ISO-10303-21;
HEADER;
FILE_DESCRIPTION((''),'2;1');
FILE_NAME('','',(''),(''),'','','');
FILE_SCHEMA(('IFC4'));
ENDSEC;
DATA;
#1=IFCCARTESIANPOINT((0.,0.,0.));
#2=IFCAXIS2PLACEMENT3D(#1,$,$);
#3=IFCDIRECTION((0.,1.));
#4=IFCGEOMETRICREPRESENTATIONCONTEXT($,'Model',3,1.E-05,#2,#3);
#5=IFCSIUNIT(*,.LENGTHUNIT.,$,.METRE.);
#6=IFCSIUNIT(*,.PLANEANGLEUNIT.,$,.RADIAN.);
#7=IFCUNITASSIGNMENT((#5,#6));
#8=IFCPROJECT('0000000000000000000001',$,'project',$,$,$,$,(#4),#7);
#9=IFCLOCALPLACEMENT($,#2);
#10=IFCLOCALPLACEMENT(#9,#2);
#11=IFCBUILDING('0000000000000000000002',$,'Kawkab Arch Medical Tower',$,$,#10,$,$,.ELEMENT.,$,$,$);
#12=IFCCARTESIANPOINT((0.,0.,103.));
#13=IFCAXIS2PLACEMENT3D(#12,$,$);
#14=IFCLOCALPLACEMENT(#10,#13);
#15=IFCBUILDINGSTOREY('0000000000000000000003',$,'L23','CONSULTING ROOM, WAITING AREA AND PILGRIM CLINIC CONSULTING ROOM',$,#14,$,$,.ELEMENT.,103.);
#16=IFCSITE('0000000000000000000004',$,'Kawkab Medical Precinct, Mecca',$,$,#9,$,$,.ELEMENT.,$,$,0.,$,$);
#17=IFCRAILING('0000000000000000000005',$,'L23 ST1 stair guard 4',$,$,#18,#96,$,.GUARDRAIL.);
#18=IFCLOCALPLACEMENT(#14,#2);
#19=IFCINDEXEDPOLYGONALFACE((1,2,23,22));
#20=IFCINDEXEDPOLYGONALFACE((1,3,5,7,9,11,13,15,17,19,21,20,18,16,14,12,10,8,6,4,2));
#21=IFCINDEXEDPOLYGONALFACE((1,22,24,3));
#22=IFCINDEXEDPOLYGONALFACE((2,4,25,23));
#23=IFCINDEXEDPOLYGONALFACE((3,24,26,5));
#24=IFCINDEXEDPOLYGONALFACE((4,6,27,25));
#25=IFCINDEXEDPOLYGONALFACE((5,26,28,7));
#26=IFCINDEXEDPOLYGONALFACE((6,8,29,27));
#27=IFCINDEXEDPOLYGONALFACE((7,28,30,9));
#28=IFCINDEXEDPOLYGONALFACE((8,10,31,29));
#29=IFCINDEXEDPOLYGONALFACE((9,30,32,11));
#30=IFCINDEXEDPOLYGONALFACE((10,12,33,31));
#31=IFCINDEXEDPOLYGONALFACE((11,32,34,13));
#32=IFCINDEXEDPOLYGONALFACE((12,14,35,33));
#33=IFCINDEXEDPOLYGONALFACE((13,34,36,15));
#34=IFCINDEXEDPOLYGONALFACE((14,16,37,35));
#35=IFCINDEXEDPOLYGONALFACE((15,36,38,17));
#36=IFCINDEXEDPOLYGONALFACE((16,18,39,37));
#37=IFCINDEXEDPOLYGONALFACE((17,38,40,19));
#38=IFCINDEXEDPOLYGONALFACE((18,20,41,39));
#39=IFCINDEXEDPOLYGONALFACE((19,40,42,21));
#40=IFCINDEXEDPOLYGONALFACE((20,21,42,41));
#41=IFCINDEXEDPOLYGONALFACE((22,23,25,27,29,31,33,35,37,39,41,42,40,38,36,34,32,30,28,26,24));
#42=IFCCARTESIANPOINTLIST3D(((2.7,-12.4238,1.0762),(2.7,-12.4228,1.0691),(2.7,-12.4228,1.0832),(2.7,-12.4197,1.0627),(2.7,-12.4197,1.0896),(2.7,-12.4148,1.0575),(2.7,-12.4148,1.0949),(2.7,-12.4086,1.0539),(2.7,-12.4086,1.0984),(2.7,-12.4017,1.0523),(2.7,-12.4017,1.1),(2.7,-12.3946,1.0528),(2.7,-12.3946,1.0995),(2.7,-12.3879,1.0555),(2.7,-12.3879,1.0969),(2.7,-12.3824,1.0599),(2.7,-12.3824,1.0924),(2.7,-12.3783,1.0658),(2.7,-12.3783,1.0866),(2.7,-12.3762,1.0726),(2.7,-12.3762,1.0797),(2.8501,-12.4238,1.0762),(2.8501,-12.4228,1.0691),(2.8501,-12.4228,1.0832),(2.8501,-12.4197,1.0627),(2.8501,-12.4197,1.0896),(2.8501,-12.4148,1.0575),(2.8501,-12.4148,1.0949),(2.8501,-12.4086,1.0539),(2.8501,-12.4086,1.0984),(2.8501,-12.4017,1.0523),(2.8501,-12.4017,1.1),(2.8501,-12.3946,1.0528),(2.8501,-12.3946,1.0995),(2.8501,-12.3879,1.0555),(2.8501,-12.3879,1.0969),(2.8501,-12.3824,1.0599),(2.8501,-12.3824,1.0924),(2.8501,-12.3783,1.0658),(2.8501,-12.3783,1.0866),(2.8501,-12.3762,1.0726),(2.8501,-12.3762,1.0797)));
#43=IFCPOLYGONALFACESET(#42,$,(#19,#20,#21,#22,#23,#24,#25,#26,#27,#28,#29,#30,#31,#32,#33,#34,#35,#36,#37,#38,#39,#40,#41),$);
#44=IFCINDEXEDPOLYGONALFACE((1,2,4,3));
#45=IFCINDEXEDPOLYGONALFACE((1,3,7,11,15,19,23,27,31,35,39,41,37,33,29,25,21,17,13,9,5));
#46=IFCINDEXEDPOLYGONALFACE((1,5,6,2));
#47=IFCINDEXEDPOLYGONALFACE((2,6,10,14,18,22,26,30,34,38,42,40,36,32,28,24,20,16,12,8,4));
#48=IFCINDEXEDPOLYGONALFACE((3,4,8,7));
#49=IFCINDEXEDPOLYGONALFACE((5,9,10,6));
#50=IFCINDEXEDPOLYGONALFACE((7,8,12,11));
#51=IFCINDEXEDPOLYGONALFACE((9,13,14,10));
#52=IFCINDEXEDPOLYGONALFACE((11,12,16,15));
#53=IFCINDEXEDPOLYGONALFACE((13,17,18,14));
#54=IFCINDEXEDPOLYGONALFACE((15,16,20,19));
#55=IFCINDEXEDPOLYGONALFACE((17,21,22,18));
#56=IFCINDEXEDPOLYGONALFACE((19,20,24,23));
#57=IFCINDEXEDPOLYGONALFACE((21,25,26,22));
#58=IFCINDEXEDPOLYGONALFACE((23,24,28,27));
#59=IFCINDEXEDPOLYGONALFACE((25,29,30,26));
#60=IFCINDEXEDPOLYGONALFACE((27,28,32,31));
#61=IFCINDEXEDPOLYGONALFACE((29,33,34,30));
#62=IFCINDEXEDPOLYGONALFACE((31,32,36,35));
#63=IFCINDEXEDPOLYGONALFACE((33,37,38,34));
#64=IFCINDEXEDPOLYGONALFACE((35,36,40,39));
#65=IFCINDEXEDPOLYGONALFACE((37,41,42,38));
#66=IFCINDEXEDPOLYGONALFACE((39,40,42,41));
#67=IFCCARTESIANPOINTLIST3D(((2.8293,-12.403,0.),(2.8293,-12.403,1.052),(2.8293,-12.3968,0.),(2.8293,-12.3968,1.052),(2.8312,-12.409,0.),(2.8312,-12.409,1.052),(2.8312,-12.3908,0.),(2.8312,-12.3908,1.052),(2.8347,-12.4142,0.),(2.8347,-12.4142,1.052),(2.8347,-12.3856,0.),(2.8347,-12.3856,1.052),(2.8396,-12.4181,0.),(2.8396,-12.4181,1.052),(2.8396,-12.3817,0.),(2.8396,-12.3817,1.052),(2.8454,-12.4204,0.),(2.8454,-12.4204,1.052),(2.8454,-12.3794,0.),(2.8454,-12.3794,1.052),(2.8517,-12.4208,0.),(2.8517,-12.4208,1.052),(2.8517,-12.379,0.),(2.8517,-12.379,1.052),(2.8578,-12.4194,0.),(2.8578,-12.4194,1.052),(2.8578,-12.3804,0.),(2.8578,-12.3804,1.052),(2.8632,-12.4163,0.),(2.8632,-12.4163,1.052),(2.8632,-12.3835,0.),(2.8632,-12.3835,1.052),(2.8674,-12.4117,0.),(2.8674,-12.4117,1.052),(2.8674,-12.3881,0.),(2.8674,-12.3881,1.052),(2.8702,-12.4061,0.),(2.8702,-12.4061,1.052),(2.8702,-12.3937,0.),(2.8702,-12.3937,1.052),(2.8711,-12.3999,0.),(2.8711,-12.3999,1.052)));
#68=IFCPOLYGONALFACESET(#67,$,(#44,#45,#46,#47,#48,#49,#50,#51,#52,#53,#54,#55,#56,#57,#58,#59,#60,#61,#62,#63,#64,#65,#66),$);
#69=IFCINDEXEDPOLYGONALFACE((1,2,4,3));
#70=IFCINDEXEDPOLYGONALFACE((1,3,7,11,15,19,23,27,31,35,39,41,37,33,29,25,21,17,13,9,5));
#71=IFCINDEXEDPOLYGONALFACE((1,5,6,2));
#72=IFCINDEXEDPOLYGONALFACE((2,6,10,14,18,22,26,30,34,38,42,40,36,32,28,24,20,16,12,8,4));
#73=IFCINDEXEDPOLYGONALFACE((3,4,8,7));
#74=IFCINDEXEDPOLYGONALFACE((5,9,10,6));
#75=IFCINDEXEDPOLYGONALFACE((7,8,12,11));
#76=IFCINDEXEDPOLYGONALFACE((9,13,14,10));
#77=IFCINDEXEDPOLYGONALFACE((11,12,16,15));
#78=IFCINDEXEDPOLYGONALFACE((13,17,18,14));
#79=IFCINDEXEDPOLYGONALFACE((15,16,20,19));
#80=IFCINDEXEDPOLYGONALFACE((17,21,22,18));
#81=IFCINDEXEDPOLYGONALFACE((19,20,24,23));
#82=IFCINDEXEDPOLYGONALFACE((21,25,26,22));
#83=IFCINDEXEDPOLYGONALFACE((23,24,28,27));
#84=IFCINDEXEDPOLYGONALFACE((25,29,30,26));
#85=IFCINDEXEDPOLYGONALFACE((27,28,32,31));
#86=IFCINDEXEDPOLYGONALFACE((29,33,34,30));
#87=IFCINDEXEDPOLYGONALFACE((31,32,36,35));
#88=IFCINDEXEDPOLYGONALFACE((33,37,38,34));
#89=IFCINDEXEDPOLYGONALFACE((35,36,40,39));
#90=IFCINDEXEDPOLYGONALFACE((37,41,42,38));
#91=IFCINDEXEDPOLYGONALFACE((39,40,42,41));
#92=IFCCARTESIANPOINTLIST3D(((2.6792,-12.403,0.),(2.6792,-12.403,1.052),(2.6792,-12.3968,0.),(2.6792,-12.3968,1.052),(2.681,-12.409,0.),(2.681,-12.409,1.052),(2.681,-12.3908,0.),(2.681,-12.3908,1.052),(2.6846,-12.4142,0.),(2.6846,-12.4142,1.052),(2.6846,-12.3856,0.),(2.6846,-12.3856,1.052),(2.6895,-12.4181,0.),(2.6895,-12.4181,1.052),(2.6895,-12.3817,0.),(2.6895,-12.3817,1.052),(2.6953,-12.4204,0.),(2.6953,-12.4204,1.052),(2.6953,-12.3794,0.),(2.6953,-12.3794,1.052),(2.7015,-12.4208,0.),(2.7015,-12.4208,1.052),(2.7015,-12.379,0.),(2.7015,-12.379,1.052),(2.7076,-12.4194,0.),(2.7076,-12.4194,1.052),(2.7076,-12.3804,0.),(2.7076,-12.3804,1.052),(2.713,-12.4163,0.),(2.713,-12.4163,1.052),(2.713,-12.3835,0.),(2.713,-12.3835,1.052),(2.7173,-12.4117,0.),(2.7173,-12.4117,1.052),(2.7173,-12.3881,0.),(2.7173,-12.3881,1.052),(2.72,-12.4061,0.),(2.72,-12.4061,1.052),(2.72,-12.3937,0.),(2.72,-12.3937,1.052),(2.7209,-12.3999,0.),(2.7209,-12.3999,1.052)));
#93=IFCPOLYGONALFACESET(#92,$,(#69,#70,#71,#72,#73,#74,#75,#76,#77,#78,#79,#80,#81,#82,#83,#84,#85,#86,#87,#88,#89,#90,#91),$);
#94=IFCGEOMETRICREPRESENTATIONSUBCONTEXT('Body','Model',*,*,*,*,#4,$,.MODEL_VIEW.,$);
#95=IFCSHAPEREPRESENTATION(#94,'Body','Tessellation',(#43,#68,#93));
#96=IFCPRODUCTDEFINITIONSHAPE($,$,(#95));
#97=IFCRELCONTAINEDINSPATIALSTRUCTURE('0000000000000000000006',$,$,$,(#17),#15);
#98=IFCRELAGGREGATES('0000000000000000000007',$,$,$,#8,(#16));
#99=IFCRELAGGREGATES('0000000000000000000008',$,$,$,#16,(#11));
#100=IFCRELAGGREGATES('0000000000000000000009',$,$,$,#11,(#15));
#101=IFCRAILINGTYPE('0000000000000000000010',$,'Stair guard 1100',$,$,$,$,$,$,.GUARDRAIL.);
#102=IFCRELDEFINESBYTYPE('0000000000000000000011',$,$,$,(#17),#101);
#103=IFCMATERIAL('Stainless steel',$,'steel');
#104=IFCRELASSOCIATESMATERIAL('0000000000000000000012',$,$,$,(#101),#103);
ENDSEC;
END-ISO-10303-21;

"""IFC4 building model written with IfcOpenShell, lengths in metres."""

from ifc_helpers import new_model, si_unit, direction, frame, origin, origin_2d, place, context, subcontext, project, spatial, circle, extrude, material, type_object, element, save


model = new_model("IFC4")

# Units and contexts
model_context = context("Model", 3, precision=1e-05, world=origin(), true_north=direction((0.0, 1.0)))
body_context = subcontext(model_context, "Body", "Model", "MODEL_VIEW")
ifc_project = project(units=[si_unit("LENGTHUNIT", "METRE"), si_unit("PLANEANGLEUNIT", "RADIAN")], contexts=[model_context])

# Site, building, storey
site_placement = place(None, origin())
site = spatial("IfcSite", under=ifc_project, at=site_placement, Name="Kawkab Medical Precinct, Mecca", CompositionType="ELEMENT", RefElevation=0.0)
building_placement = place(site_placement, origin())
building = spatial("IfcBuilding", under=site, at=building_placement, Name="Kawkab Arch Medical Tower", CompositionType="ELEMENT")
storey_placement = place(building_placement, frame((0.0, 0.0, 103.0)))
storey = spatial("IfcBuildingStorey", under=building, at=storey_placement, Name="L23", Description="CONSULTING ROOM, WAITING AREA AND PILGRIM CLINIC CONSULTING ROOM", CompositionType="ELEMENT", Elevation=103.0)

# Railing
ifc_material_1 = material(Name="Stainless steel", Category="steel")
railing_type_1 = type_object("IfcRailingType", Name="Stair guard 1100", PredefinedType="GUARDRAIL", material=ifc_material_1)
railing_1_placement = place(storey_placement, frame((2.8501, -12.3999, 0.0)))
element("IfcRailing", 1, at=railing_1_placement, inside=storey, type_object=railing_type_1, Name="L23 ST1 stair guard 4", PredefinedType="GUARDRAIL", context=body_context, shape_type="SweptSolid", body=[
    extrude(circle(Radius=0.0239, at=origin_2d()), frame((0.0, 0.0, 1.0762), z_axis=(-1.0, 0.0, 0.0), x_axis=(0.0, -1.0, 0.0)), (0.0, 0.0, 1.0), 0.1501),
    extrude(circle(Radius=0.021, at=origin_2d()), origin(), (0.0, 0.0, 1.0), 1.052),
    extrude(circle(Radius=0.021, at=origin_2d()), frame((-0.1501, 0.0, 0.0)), (0.0, 0.0, 1.0), 1.052),
])

save(model, "model.ifc")
